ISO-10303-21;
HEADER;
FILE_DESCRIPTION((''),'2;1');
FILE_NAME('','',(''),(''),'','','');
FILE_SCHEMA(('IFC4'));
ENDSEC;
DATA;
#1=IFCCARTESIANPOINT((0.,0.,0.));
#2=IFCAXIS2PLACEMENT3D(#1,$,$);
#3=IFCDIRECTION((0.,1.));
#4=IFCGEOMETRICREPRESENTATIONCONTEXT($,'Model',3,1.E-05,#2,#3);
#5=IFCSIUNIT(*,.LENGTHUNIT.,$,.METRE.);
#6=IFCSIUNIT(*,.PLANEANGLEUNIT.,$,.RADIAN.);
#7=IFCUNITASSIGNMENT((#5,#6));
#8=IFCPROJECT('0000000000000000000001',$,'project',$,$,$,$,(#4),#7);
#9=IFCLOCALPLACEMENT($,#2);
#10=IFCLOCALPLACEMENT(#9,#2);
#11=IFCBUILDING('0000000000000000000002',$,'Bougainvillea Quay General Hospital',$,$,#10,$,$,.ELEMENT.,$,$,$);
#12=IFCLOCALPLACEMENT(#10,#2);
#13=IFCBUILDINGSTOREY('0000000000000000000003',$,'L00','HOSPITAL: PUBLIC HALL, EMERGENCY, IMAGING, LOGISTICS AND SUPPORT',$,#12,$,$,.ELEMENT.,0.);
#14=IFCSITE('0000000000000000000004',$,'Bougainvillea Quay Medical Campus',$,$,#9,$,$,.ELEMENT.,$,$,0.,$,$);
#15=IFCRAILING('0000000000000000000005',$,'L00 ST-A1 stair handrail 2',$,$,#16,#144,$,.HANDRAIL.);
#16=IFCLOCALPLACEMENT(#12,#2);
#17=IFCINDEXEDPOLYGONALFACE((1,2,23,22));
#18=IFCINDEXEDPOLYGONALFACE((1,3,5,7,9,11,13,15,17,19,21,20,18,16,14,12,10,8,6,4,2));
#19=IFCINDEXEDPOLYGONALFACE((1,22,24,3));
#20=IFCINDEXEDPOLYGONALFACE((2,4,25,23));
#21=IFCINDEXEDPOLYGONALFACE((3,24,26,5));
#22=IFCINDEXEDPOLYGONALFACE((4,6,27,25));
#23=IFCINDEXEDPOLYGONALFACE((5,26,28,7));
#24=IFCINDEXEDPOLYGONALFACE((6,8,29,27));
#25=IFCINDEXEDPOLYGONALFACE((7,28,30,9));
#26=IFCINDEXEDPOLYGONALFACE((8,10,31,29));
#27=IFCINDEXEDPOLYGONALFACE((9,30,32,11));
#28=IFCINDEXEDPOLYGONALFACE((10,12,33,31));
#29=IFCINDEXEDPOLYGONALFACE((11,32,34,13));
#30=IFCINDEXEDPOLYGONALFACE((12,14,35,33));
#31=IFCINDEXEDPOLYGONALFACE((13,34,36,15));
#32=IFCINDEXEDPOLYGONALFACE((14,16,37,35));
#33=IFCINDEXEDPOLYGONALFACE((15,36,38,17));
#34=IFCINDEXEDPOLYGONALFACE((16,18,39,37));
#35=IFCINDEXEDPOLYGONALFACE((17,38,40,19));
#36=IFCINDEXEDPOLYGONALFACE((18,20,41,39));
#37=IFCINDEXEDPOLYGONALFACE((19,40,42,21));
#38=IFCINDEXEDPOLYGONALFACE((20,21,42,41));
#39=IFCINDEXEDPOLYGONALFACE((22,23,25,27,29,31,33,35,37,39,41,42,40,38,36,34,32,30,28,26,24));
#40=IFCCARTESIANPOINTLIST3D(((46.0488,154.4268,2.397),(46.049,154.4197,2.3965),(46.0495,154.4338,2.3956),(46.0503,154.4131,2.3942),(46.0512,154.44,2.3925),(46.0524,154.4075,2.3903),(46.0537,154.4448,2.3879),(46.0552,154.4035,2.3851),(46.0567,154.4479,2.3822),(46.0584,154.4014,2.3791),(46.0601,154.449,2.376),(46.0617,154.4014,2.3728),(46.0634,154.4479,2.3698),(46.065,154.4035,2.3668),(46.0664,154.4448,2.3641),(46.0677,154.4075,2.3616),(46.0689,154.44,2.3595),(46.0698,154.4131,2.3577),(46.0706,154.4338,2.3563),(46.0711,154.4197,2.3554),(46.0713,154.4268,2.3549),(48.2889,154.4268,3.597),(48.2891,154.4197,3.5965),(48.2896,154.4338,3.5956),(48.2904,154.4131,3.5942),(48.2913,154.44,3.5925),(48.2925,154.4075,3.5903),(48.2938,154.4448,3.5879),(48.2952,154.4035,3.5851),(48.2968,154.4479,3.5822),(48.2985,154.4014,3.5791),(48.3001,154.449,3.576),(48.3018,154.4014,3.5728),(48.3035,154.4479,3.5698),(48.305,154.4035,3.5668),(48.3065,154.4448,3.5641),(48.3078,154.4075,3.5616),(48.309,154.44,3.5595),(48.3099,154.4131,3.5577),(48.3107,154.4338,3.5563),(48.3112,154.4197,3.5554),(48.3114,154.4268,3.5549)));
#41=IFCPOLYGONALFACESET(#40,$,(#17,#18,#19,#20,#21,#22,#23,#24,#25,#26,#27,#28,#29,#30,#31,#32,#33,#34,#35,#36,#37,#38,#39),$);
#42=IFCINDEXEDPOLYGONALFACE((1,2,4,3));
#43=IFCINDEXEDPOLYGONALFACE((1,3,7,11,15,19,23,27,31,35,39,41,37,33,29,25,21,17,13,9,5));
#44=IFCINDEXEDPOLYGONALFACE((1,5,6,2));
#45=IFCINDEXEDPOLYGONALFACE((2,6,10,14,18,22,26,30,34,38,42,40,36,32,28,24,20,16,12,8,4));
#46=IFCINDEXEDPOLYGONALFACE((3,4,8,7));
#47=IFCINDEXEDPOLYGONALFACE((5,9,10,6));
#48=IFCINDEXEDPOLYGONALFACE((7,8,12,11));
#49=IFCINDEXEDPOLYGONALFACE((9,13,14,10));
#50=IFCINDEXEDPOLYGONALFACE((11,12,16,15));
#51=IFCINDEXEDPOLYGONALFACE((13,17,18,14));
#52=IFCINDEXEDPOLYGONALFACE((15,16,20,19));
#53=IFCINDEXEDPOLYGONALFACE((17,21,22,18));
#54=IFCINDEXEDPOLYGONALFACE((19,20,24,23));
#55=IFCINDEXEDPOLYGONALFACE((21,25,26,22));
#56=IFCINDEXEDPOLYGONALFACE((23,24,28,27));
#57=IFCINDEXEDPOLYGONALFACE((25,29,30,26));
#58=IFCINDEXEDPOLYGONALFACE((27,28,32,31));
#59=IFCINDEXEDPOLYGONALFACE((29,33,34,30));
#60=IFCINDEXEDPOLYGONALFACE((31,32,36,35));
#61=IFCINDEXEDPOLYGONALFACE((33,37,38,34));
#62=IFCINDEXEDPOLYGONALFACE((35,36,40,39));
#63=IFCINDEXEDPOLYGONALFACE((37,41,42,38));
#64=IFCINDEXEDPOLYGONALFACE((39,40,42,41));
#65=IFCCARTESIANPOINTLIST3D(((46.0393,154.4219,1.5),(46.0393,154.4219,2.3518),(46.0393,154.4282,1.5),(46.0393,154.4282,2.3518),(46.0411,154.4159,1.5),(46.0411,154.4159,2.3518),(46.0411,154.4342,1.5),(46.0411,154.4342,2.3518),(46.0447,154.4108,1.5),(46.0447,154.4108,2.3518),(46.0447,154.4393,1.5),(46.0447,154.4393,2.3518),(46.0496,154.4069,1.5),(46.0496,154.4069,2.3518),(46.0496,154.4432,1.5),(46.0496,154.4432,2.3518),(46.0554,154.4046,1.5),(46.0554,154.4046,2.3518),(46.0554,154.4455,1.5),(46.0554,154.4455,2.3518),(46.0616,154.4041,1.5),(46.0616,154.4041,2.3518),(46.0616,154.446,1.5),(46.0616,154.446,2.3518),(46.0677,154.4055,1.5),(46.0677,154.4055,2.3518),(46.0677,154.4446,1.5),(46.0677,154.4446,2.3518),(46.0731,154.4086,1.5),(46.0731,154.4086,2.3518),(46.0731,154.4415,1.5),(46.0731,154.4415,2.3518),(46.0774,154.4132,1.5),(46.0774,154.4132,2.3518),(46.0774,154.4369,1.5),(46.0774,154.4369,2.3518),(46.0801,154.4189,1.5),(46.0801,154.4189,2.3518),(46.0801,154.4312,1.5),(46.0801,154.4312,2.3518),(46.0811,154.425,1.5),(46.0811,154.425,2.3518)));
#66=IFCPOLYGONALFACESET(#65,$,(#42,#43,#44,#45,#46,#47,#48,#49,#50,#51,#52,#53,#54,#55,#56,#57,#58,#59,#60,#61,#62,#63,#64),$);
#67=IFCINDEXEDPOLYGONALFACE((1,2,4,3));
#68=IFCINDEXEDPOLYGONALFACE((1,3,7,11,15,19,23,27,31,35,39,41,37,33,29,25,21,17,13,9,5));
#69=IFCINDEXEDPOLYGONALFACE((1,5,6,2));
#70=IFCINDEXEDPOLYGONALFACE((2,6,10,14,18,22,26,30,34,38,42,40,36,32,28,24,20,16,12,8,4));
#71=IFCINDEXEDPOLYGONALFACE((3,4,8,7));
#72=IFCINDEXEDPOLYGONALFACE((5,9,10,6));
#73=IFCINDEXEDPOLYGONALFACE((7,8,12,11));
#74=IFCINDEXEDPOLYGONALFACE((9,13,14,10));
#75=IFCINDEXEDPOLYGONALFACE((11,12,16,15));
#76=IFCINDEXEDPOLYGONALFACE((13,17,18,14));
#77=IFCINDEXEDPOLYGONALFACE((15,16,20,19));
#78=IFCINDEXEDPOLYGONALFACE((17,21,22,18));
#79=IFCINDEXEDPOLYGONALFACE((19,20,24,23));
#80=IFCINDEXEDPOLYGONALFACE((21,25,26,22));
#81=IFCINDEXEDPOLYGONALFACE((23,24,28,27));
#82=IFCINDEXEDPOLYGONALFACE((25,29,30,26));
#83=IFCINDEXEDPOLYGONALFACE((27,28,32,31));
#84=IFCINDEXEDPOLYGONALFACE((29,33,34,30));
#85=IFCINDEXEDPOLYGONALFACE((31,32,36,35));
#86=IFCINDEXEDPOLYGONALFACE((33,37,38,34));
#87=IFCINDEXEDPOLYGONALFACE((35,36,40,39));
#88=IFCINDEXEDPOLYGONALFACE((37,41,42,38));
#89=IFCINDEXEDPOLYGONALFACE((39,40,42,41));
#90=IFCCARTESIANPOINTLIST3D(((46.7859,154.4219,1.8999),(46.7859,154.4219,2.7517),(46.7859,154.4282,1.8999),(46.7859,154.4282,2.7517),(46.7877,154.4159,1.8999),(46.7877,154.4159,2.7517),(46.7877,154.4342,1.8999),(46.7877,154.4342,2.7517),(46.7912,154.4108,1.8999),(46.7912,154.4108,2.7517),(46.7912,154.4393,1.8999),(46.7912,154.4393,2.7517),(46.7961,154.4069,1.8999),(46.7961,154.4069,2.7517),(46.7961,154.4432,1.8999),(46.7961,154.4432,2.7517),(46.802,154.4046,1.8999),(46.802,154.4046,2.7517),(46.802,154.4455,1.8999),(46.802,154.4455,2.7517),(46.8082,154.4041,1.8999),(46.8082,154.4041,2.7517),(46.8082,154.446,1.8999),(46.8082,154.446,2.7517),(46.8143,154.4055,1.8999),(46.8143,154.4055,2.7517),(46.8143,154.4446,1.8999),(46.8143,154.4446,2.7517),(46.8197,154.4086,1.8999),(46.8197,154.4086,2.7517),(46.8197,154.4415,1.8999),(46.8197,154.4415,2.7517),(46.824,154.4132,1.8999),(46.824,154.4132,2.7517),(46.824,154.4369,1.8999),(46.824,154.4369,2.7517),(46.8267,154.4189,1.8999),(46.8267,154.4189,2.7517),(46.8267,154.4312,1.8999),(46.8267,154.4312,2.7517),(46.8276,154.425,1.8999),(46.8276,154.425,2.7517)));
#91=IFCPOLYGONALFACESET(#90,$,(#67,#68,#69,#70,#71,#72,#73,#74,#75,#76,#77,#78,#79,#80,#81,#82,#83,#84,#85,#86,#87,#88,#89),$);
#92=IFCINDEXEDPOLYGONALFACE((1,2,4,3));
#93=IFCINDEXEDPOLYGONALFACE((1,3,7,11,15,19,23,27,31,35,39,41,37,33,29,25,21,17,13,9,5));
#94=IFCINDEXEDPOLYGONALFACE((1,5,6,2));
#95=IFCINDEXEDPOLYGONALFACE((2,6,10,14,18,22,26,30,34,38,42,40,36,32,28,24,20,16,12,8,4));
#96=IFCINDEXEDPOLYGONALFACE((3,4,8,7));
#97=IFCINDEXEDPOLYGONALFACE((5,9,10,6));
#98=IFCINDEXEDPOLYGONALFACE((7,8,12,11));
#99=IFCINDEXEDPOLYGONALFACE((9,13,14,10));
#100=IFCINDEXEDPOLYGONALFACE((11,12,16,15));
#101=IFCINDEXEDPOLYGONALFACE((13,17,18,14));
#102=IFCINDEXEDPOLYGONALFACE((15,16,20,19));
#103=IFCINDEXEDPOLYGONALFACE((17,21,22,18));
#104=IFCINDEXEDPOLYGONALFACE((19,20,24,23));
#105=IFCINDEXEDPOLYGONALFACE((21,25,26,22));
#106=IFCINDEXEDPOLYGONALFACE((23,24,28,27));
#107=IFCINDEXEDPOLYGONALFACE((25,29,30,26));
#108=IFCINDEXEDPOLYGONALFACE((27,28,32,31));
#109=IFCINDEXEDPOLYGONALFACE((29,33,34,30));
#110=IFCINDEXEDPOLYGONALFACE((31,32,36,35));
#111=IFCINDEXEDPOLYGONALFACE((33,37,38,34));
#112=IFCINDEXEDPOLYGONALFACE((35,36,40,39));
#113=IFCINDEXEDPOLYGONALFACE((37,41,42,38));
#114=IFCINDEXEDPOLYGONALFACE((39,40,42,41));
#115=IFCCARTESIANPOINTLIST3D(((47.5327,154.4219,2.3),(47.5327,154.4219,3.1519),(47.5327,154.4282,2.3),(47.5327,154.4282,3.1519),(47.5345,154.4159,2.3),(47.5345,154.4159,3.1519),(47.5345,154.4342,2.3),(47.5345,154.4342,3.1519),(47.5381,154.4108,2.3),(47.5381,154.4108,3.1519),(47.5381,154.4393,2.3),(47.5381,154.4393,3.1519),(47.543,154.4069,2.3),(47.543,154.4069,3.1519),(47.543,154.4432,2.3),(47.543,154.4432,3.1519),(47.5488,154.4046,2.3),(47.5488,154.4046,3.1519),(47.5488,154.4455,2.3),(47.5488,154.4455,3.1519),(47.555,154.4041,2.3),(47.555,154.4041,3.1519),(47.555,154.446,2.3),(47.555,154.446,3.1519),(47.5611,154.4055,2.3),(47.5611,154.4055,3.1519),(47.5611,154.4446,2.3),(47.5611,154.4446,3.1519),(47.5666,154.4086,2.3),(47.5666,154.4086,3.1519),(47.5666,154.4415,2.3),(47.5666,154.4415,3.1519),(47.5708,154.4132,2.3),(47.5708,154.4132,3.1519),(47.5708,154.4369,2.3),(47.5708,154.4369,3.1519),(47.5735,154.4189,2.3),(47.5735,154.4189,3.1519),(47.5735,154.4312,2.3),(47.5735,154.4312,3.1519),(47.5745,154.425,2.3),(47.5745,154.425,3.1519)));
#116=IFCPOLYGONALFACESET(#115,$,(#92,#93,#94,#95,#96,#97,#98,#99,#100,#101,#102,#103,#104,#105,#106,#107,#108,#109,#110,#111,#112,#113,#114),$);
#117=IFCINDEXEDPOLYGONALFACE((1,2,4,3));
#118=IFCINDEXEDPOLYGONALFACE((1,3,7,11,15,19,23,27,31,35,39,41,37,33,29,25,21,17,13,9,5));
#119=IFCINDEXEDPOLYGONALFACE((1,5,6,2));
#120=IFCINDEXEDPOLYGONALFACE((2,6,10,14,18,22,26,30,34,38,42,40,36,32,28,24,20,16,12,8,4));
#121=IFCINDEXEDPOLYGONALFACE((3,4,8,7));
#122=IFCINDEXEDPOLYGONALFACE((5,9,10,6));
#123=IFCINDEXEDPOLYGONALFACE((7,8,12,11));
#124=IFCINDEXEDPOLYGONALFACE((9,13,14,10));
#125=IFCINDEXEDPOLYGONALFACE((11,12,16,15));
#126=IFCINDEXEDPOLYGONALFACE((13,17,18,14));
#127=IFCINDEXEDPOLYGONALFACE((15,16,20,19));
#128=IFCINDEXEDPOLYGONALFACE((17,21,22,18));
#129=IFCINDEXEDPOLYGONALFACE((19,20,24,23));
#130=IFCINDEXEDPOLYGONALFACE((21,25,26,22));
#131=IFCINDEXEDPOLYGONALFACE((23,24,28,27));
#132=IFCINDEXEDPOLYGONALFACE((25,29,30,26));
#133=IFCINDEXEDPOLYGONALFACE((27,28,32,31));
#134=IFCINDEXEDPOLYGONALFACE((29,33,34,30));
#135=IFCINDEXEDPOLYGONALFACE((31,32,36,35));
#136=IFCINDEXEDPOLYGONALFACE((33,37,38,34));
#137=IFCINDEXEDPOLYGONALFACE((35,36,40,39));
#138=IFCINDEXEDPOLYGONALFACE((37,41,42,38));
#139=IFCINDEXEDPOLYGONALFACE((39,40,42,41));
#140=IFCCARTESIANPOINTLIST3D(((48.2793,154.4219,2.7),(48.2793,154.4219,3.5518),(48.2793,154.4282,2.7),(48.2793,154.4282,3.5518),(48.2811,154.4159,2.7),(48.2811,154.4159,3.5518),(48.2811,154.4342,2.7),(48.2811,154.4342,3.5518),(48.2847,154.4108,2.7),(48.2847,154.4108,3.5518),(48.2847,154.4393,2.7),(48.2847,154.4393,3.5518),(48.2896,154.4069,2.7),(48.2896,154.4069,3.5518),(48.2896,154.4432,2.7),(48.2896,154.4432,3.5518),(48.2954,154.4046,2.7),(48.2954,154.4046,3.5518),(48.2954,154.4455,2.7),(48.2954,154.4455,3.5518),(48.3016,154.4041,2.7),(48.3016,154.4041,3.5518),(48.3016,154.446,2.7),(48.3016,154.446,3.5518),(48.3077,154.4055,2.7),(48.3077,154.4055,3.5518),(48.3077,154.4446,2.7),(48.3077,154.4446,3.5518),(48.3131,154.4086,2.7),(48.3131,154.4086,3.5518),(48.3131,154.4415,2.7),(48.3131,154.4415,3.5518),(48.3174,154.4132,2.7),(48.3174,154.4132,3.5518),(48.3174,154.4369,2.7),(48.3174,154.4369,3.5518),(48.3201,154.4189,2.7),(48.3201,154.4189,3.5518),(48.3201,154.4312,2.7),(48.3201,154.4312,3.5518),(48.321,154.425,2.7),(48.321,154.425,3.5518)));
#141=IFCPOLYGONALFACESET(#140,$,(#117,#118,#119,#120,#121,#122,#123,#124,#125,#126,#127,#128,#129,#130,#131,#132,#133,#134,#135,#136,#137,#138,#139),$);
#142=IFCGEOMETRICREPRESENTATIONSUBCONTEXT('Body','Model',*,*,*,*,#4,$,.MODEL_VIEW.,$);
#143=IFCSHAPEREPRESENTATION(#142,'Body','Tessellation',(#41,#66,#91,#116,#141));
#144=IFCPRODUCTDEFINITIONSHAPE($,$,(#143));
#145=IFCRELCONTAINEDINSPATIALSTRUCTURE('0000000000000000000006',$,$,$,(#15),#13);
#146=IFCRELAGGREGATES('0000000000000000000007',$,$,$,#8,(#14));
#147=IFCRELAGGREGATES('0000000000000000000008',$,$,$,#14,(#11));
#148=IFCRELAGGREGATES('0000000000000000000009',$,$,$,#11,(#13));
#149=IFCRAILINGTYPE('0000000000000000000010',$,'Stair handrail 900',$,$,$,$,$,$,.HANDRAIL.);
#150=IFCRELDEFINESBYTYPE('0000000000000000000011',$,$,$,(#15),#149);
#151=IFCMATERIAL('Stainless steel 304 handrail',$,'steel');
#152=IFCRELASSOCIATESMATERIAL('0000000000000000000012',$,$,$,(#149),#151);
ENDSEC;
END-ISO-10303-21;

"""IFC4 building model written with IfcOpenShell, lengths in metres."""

from ifc_helpers import new_model, si_unit, direction, frame, origin, origin_2d, place, context, subcontext, project, spatial, circle, extrude, material, type_object, element, save


model = new_model("IFC4")

# Units and contexts
model_context = context("Model", 3, precision=1e-05, world=origin(), true_north=direction((0.0, 1.0)))
body_context = subcontext(model_context, "Body", "Model", "MODEL_VIEW")
ifc_project = project(units=[si_unit("LENGTHUNIT", "METRE"), si_unit("PLANEANGLEUNIT", "RADIAN")], contexts=[model_context])

# Site, building, storey
site_placement = place(None, origin())
site = spatial("IfcSite", under=ifc_project, at=site_placement, Name="Bougainvillea Quay Medical Campus", CompositionType="ELEMENT", RefElevation=0.0)
building_placement = place(site_placement, origin())
building = spatial("IfcBuilding", under=site, at=building_placement, Name="Bougainvillea Quay General Hospital", CompositionType="ELEMENT")
storey_placement = place(building_placement, origin())
storey = spatial("IfcBuildingStorey", under=building, at=storey_placement, Name="L00", Description="HOSPITAL: PUBLIC HALL, EMERGENCY, IMAGING, LOGISTICS AND SUPPORT", CompositionType="ELEMENT", Elevation=0.0)

# Railing
ifc_material_1 = material(Name="Stainless steel 304 handrail", Category="steel")
railing_type_1 = type_object("IfcRailingType", Name="Stair handrail 900", PredefinedType="HANDRAIL", material=ifc_material_1)
railing_1_placement = place(storey_placement, frame((46.0601, 154.425, 1.5)))
element("IfcRailing", 1, at=railing_1_placement, inside=storey, type_object=railing_type_1, Name="L00 ST-A1 stair handrail 2", PredefinedType="HANDRAIL", context=body_context, shape_type="SweptSolid", body=[
    extrude(circle(Radius=0.0239, at=origin_2d()), frame((0.0, 0.0, 0.876), z_axis=(0.881487, 0.0, 0.472208), x_axis=(0.0, 1.0, 0.0)), (0.0, 0.0, 1.0), 2.5413),
    extrude(circle(Radius=0.021, at=origin_2d()), origin(), (0.0, 0.0, 1.0), 0.8518),
    extrude(circle(Radius=0.021, at=origin_2d()), frame((0.7466, 0.0, 0.3999)), (0.0, 0.0, 1.0), 0.8518),
    extrude(circle(Radius=0.021, at=origin_2d()), frame((1.4934, 0.0, 0.8)), (0.0, 0.0, 1.0), 0.8518),
    extrude(circle(Radius=0.021, at=origin_2d()), frame((2.24, 0.0, 1.2)), (0.0, 0.0, 1.0), 0.8518),
])

save(model, "model.ifc")
